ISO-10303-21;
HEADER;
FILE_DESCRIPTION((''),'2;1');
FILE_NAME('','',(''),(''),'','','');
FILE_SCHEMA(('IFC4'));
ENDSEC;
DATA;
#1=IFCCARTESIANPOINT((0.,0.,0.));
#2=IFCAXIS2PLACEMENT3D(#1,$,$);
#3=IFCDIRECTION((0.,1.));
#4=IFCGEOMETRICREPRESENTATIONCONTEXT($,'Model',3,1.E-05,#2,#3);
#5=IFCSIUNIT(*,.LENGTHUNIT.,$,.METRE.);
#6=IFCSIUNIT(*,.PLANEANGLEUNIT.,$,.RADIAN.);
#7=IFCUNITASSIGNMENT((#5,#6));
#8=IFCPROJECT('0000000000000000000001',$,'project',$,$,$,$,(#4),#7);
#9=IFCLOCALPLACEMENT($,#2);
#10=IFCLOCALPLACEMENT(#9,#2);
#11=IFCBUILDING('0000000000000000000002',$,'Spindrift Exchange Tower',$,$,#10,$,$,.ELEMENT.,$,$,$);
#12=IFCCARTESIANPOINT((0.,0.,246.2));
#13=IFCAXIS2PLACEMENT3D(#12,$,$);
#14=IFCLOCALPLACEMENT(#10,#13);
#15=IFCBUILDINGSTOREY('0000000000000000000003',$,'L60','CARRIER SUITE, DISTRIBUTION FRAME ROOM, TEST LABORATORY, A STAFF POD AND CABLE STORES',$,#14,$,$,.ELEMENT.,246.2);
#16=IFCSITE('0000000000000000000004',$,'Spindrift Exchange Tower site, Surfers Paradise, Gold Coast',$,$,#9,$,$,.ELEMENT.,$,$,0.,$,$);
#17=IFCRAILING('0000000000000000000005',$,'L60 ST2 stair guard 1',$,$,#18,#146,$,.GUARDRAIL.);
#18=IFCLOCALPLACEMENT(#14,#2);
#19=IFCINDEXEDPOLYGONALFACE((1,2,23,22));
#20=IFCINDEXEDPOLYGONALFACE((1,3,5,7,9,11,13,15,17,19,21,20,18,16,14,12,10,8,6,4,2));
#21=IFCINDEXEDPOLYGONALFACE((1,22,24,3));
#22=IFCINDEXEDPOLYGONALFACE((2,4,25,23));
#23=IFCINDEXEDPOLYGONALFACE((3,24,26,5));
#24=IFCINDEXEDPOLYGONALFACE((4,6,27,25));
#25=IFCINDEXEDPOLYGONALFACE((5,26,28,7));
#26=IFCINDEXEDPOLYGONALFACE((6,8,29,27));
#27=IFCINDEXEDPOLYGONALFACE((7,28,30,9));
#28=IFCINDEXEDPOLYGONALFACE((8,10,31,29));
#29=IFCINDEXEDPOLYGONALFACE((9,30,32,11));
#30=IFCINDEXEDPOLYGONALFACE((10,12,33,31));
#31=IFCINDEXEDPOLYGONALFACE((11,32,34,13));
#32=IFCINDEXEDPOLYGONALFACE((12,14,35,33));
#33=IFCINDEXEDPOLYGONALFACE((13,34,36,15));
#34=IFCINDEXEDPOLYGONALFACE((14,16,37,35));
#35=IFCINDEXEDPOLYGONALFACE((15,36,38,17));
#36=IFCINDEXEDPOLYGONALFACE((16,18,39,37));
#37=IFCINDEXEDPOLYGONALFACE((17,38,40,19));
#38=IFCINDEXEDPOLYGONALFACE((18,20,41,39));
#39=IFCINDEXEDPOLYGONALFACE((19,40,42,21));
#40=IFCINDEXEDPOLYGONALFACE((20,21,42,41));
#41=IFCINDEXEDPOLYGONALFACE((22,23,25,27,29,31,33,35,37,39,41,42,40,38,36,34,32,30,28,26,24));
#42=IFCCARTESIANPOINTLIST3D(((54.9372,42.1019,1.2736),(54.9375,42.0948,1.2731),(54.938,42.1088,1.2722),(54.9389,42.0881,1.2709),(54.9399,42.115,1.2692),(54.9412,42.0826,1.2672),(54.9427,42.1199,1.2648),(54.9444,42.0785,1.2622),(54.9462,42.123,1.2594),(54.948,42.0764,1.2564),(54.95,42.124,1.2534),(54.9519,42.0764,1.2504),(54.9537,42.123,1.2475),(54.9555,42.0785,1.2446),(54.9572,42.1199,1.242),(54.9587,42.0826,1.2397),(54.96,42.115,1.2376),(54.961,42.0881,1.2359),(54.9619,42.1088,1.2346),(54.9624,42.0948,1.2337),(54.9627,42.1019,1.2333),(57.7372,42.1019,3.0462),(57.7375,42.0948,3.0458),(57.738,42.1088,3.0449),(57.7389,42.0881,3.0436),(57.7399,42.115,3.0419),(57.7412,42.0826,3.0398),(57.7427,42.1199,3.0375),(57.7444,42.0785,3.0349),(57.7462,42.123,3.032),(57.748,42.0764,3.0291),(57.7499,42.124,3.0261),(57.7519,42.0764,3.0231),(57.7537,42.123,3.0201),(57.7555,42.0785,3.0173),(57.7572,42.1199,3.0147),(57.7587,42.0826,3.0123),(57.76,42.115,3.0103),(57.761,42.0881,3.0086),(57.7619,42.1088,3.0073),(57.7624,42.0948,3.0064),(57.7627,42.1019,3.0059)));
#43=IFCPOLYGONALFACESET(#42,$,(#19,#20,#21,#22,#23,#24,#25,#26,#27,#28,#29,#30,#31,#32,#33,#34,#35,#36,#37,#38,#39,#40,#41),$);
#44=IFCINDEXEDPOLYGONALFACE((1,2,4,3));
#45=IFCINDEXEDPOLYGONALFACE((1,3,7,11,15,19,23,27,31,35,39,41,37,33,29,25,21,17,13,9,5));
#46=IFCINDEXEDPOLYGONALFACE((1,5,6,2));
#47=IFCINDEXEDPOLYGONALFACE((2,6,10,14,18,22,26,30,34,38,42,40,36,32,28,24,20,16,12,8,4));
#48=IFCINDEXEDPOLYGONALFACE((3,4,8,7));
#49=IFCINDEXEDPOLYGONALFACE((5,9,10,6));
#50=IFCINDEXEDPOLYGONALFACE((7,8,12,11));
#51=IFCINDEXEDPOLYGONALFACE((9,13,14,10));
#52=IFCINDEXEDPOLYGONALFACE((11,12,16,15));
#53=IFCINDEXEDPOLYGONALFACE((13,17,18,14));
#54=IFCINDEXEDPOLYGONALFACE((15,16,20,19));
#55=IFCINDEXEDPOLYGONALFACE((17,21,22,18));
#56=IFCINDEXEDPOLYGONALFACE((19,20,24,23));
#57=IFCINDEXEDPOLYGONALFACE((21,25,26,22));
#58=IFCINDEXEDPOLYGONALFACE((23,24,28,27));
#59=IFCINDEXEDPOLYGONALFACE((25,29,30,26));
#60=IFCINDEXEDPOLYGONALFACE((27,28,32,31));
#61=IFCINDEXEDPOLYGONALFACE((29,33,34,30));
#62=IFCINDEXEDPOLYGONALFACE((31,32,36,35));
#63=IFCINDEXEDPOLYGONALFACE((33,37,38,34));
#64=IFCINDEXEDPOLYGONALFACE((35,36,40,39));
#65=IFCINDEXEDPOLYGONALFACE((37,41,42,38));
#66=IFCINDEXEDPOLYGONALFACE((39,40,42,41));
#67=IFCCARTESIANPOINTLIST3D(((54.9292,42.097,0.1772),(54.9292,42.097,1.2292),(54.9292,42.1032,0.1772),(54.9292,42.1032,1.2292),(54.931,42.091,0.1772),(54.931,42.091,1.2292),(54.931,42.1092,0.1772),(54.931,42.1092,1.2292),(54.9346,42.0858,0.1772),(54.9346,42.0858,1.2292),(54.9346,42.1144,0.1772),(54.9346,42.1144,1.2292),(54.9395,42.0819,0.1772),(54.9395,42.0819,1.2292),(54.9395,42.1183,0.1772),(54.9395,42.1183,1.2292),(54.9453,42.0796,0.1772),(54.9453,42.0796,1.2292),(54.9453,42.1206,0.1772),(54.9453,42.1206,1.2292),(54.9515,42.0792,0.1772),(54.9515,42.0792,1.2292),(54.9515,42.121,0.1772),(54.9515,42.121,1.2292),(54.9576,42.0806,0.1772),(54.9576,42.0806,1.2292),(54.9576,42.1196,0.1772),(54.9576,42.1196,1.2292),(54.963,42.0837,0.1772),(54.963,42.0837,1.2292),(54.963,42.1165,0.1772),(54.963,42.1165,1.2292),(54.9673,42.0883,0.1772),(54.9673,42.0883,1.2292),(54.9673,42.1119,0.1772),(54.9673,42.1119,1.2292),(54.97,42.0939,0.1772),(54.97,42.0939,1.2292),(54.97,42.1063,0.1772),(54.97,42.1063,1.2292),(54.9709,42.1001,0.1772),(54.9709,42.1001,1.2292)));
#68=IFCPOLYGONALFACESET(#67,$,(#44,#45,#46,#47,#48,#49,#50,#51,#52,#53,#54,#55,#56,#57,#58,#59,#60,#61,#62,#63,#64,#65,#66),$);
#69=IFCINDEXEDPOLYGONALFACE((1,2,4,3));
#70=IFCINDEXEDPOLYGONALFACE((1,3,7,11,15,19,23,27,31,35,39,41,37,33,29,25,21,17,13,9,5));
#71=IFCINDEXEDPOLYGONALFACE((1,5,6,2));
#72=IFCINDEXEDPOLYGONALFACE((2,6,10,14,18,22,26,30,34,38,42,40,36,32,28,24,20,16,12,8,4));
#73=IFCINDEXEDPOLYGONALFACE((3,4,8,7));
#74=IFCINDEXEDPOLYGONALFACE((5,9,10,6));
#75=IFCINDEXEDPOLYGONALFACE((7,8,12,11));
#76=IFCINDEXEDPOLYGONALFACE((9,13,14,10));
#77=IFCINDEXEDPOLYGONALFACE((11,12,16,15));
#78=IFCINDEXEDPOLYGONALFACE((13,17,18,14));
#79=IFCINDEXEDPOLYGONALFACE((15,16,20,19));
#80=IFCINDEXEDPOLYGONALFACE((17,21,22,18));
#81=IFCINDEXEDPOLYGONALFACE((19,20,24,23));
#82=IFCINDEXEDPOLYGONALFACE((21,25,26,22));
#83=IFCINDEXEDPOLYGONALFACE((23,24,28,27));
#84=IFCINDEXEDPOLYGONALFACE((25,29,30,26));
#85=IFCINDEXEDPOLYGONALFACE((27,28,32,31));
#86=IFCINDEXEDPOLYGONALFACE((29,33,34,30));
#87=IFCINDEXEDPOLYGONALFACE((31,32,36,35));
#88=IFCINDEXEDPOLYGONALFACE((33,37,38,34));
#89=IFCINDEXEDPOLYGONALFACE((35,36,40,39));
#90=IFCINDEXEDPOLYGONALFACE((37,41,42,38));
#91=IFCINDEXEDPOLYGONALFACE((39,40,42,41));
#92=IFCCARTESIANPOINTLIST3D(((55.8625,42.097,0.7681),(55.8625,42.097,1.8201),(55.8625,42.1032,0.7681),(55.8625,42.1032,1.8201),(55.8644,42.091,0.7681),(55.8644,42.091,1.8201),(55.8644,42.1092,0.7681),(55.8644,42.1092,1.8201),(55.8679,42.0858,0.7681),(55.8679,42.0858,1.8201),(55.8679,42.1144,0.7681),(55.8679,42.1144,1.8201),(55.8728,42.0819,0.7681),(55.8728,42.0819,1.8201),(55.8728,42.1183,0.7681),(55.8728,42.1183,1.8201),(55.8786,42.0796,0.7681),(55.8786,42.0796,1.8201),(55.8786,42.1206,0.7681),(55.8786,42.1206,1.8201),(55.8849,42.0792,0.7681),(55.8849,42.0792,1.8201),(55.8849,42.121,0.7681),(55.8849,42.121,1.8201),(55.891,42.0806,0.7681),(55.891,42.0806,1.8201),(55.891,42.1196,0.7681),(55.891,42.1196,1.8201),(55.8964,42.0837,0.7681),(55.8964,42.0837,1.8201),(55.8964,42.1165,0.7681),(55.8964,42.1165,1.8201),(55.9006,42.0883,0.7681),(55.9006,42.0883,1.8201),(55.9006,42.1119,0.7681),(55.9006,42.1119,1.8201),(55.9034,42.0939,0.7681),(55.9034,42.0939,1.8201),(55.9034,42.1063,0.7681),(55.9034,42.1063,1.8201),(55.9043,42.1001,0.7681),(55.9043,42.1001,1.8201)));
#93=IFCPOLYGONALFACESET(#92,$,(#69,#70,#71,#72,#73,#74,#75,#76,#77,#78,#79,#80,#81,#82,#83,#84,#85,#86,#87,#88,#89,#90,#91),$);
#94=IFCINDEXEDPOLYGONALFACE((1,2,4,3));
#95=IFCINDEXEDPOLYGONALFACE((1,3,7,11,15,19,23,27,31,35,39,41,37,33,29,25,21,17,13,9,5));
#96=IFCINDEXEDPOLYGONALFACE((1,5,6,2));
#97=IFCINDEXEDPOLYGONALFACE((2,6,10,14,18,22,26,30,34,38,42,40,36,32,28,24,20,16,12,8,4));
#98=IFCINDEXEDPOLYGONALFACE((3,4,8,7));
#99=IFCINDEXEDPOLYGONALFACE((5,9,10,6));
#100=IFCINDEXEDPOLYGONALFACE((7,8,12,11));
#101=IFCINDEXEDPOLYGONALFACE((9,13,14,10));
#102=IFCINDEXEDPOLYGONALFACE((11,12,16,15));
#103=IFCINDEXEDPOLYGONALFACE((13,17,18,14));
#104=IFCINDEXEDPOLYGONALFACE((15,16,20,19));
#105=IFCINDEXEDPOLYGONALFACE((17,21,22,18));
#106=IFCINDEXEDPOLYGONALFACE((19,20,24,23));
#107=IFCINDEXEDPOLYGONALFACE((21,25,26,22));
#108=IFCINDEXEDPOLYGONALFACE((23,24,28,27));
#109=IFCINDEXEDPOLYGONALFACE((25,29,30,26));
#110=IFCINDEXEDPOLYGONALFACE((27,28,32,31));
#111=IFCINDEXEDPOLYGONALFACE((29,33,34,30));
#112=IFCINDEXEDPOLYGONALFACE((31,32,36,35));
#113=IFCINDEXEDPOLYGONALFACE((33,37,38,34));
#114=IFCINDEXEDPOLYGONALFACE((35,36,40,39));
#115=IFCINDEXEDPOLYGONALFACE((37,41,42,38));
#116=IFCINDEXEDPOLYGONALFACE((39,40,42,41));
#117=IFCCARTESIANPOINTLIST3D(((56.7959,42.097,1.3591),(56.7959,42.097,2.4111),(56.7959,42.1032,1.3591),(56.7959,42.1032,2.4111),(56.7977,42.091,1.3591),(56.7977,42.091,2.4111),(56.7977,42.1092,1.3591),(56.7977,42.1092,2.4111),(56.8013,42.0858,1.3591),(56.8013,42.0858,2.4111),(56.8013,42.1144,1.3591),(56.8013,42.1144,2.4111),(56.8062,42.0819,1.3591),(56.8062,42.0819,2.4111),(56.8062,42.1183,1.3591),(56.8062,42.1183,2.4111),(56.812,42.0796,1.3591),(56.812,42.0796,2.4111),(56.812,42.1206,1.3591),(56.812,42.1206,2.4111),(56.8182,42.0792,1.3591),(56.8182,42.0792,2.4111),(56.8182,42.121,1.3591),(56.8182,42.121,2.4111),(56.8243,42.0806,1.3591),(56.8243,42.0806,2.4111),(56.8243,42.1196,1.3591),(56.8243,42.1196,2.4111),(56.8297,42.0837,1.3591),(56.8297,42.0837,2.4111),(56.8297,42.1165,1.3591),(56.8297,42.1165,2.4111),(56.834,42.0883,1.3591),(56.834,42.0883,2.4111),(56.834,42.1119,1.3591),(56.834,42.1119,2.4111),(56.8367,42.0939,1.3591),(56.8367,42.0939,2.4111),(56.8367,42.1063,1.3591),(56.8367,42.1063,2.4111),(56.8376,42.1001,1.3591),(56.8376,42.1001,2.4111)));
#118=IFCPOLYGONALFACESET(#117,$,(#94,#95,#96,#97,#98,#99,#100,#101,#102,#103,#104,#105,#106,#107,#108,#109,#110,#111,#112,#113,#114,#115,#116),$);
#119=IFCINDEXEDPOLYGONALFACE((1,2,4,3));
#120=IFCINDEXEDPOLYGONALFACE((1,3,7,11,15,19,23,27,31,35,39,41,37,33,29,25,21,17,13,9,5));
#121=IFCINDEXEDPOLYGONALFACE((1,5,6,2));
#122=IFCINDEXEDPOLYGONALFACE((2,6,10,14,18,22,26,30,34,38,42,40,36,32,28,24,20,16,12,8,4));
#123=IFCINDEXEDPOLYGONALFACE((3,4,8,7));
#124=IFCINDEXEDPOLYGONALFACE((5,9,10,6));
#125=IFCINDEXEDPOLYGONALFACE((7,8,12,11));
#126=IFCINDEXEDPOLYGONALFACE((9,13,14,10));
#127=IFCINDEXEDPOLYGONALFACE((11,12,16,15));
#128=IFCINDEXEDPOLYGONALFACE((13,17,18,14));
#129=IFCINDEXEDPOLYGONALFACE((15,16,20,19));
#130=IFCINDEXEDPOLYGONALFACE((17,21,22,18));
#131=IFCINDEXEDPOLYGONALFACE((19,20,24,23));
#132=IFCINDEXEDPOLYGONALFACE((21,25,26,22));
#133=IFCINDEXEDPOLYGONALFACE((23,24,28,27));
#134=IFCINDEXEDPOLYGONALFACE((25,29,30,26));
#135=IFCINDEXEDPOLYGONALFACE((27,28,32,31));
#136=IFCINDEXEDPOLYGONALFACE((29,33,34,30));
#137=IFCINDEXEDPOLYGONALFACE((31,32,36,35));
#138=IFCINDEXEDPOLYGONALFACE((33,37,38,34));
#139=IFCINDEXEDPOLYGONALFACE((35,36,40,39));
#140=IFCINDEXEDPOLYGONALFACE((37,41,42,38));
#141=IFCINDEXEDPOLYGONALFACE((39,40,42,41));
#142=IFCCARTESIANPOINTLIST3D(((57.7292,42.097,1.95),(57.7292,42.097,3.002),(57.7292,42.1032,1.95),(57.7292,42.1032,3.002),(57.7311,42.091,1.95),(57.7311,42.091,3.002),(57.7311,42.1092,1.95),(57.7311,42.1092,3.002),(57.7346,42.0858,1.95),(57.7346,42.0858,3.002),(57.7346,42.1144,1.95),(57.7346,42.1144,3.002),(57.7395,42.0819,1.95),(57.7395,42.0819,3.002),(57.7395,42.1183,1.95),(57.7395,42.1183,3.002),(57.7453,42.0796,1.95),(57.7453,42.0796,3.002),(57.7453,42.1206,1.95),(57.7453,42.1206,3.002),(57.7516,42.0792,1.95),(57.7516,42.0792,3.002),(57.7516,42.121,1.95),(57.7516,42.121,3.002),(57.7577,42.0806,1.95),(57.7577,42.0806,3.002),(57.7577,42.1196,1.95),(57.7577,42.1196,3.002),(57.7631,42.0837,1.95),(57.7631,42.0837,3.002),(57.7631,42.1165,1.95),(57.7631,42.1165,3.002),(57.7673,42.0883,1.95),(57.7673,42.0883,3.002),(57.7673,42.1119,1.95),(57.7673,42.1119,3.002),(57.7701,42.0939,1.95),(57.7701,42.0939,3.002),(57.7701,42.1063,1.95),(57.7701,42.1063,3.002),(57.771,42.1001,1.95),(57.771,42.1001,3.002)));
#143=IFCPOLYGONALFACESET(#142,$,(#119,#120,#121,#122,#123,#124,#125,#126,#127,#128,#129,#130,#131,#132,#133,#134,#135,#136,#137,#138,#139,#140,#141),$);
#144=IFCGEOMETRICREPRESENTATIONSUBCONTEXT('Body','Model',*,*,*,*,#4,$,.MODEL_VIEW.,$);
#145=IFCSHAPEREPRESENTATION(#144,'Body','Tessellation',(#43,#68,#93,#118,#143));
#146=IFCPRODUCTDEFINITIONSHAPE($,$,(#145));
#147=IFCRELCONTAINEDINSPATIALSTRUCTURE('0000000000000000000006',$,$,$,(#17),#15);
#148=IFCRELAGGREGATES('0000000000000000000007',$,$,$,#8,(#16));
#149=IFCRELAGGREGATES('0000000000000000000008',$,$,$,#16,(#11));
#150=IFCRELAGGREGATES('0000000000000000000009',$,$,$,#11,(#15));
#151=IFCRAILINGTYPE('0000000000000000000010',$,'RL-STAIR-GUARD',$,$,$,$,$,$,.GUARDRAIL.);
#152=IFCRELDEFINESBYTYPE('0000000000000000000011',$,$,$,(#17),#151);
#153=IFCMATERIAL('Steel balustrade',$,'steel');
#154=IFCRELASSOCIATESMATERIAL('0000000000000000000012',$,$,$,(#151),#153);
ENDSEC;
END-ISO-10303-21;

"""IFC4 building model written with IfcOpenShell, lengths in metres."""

from ifc_helpers import new_model, si_unit, direction, frame, origin, origin_2d, place, context, subcontext, project, spatial, circle, extrude, material, type_object, element, save


model = new_model("IFC4")

# Units and contexts
model_context = context("Model", 3, precision=1e-05, world=origin(), true_north=direction((0.0, 1.0)))
body_context = subcontext(model_context, "Body", "Model", "MODEL_VIEW")
ifc_project = project(units=[si_unit("LENGTHUNIT", "METRE"), si_unit("PLANEANGLEUNIT", "RADIAN")], contexts=[model_context])

# Site, building, storey
site_placement = place(None, origin())
site = spatial("IfcSite", under=ifc_project, at=site_placement, Name="Spindrift Exchange Tower site, Surfers Paradise, Gold Coast", CompositionType="ELEMENT", RefElevation=0.0)
building_placement = place(site_placement, origin())
building = spatial("IfcBuilding", under=site, at=building_placement, Name="Spindrift Exchange Tower", CompositionType="ELEMENT")
storey_placement = place(building_placement, frame((0.0, 0.0, 246.2)))
storey = spatial("IfcBuildingStorey", under=building, at=storey_placement, Name="L60", Description="CARRIER SUITE, DISTRIBUTION FRAME ROOM, TEST LABORATORY, A STAFF POD AND CABLE STORES", CompositionType="ELEMENT", Elevation=246.2)

# Railing
ifc_material_1 = material(Name="Steel balustrade", Category="steel")
railing_type_1 = type_object("IfcRailingType", Name="RL-STAIR-GUARD", PredefinedType="GUARDRAIL", material=ifc_material_1)
railing_1_placement = place(storey_placement, frame((54.95, 42.1001, 0.1772)))
element("IfcRailing", 1, at=railing_1_placement, inside=storey, type_object=railing_type_1, Name="L60 ST2 stair guard 1", PredefinedType="GUARDRAIL", context=body_context, shape_type="SweptSolid", body=[
    extrude(circle(Radius=0.0239, at=origin_2d()), frame((0.0, 0.0, 1.0762), z_axis=(0.844909, 0.0, 0.53491), x_axis=(0.0, 1.0, 0.0)), (0.0, 0.0, 1.0), 3.314),
    extrude(circle(Radius=0.021, at=origin_2d()), origin(), (0.0, 0.0, 1.0), 1.052),
    extrude(circle(Radius=0.021, at=origin_2d()), frame((0.9333, 0.0, 0.5908)), (0.0, 0.0, 1.0), 1.052),
    extrude(circle(Radius=0.021, at=origin_2d()), frame((1.8667, 0.0, 1.1819)), (0.0, 0.0, 1.0), 1.052),
    extrude(circle(Radius=0.021, at=origin_2d()), frame((2.8, 0.0, 1.7727)), (0.0, 0.0, 1.0), 1.052),
])

save(model, "model.ifc")
